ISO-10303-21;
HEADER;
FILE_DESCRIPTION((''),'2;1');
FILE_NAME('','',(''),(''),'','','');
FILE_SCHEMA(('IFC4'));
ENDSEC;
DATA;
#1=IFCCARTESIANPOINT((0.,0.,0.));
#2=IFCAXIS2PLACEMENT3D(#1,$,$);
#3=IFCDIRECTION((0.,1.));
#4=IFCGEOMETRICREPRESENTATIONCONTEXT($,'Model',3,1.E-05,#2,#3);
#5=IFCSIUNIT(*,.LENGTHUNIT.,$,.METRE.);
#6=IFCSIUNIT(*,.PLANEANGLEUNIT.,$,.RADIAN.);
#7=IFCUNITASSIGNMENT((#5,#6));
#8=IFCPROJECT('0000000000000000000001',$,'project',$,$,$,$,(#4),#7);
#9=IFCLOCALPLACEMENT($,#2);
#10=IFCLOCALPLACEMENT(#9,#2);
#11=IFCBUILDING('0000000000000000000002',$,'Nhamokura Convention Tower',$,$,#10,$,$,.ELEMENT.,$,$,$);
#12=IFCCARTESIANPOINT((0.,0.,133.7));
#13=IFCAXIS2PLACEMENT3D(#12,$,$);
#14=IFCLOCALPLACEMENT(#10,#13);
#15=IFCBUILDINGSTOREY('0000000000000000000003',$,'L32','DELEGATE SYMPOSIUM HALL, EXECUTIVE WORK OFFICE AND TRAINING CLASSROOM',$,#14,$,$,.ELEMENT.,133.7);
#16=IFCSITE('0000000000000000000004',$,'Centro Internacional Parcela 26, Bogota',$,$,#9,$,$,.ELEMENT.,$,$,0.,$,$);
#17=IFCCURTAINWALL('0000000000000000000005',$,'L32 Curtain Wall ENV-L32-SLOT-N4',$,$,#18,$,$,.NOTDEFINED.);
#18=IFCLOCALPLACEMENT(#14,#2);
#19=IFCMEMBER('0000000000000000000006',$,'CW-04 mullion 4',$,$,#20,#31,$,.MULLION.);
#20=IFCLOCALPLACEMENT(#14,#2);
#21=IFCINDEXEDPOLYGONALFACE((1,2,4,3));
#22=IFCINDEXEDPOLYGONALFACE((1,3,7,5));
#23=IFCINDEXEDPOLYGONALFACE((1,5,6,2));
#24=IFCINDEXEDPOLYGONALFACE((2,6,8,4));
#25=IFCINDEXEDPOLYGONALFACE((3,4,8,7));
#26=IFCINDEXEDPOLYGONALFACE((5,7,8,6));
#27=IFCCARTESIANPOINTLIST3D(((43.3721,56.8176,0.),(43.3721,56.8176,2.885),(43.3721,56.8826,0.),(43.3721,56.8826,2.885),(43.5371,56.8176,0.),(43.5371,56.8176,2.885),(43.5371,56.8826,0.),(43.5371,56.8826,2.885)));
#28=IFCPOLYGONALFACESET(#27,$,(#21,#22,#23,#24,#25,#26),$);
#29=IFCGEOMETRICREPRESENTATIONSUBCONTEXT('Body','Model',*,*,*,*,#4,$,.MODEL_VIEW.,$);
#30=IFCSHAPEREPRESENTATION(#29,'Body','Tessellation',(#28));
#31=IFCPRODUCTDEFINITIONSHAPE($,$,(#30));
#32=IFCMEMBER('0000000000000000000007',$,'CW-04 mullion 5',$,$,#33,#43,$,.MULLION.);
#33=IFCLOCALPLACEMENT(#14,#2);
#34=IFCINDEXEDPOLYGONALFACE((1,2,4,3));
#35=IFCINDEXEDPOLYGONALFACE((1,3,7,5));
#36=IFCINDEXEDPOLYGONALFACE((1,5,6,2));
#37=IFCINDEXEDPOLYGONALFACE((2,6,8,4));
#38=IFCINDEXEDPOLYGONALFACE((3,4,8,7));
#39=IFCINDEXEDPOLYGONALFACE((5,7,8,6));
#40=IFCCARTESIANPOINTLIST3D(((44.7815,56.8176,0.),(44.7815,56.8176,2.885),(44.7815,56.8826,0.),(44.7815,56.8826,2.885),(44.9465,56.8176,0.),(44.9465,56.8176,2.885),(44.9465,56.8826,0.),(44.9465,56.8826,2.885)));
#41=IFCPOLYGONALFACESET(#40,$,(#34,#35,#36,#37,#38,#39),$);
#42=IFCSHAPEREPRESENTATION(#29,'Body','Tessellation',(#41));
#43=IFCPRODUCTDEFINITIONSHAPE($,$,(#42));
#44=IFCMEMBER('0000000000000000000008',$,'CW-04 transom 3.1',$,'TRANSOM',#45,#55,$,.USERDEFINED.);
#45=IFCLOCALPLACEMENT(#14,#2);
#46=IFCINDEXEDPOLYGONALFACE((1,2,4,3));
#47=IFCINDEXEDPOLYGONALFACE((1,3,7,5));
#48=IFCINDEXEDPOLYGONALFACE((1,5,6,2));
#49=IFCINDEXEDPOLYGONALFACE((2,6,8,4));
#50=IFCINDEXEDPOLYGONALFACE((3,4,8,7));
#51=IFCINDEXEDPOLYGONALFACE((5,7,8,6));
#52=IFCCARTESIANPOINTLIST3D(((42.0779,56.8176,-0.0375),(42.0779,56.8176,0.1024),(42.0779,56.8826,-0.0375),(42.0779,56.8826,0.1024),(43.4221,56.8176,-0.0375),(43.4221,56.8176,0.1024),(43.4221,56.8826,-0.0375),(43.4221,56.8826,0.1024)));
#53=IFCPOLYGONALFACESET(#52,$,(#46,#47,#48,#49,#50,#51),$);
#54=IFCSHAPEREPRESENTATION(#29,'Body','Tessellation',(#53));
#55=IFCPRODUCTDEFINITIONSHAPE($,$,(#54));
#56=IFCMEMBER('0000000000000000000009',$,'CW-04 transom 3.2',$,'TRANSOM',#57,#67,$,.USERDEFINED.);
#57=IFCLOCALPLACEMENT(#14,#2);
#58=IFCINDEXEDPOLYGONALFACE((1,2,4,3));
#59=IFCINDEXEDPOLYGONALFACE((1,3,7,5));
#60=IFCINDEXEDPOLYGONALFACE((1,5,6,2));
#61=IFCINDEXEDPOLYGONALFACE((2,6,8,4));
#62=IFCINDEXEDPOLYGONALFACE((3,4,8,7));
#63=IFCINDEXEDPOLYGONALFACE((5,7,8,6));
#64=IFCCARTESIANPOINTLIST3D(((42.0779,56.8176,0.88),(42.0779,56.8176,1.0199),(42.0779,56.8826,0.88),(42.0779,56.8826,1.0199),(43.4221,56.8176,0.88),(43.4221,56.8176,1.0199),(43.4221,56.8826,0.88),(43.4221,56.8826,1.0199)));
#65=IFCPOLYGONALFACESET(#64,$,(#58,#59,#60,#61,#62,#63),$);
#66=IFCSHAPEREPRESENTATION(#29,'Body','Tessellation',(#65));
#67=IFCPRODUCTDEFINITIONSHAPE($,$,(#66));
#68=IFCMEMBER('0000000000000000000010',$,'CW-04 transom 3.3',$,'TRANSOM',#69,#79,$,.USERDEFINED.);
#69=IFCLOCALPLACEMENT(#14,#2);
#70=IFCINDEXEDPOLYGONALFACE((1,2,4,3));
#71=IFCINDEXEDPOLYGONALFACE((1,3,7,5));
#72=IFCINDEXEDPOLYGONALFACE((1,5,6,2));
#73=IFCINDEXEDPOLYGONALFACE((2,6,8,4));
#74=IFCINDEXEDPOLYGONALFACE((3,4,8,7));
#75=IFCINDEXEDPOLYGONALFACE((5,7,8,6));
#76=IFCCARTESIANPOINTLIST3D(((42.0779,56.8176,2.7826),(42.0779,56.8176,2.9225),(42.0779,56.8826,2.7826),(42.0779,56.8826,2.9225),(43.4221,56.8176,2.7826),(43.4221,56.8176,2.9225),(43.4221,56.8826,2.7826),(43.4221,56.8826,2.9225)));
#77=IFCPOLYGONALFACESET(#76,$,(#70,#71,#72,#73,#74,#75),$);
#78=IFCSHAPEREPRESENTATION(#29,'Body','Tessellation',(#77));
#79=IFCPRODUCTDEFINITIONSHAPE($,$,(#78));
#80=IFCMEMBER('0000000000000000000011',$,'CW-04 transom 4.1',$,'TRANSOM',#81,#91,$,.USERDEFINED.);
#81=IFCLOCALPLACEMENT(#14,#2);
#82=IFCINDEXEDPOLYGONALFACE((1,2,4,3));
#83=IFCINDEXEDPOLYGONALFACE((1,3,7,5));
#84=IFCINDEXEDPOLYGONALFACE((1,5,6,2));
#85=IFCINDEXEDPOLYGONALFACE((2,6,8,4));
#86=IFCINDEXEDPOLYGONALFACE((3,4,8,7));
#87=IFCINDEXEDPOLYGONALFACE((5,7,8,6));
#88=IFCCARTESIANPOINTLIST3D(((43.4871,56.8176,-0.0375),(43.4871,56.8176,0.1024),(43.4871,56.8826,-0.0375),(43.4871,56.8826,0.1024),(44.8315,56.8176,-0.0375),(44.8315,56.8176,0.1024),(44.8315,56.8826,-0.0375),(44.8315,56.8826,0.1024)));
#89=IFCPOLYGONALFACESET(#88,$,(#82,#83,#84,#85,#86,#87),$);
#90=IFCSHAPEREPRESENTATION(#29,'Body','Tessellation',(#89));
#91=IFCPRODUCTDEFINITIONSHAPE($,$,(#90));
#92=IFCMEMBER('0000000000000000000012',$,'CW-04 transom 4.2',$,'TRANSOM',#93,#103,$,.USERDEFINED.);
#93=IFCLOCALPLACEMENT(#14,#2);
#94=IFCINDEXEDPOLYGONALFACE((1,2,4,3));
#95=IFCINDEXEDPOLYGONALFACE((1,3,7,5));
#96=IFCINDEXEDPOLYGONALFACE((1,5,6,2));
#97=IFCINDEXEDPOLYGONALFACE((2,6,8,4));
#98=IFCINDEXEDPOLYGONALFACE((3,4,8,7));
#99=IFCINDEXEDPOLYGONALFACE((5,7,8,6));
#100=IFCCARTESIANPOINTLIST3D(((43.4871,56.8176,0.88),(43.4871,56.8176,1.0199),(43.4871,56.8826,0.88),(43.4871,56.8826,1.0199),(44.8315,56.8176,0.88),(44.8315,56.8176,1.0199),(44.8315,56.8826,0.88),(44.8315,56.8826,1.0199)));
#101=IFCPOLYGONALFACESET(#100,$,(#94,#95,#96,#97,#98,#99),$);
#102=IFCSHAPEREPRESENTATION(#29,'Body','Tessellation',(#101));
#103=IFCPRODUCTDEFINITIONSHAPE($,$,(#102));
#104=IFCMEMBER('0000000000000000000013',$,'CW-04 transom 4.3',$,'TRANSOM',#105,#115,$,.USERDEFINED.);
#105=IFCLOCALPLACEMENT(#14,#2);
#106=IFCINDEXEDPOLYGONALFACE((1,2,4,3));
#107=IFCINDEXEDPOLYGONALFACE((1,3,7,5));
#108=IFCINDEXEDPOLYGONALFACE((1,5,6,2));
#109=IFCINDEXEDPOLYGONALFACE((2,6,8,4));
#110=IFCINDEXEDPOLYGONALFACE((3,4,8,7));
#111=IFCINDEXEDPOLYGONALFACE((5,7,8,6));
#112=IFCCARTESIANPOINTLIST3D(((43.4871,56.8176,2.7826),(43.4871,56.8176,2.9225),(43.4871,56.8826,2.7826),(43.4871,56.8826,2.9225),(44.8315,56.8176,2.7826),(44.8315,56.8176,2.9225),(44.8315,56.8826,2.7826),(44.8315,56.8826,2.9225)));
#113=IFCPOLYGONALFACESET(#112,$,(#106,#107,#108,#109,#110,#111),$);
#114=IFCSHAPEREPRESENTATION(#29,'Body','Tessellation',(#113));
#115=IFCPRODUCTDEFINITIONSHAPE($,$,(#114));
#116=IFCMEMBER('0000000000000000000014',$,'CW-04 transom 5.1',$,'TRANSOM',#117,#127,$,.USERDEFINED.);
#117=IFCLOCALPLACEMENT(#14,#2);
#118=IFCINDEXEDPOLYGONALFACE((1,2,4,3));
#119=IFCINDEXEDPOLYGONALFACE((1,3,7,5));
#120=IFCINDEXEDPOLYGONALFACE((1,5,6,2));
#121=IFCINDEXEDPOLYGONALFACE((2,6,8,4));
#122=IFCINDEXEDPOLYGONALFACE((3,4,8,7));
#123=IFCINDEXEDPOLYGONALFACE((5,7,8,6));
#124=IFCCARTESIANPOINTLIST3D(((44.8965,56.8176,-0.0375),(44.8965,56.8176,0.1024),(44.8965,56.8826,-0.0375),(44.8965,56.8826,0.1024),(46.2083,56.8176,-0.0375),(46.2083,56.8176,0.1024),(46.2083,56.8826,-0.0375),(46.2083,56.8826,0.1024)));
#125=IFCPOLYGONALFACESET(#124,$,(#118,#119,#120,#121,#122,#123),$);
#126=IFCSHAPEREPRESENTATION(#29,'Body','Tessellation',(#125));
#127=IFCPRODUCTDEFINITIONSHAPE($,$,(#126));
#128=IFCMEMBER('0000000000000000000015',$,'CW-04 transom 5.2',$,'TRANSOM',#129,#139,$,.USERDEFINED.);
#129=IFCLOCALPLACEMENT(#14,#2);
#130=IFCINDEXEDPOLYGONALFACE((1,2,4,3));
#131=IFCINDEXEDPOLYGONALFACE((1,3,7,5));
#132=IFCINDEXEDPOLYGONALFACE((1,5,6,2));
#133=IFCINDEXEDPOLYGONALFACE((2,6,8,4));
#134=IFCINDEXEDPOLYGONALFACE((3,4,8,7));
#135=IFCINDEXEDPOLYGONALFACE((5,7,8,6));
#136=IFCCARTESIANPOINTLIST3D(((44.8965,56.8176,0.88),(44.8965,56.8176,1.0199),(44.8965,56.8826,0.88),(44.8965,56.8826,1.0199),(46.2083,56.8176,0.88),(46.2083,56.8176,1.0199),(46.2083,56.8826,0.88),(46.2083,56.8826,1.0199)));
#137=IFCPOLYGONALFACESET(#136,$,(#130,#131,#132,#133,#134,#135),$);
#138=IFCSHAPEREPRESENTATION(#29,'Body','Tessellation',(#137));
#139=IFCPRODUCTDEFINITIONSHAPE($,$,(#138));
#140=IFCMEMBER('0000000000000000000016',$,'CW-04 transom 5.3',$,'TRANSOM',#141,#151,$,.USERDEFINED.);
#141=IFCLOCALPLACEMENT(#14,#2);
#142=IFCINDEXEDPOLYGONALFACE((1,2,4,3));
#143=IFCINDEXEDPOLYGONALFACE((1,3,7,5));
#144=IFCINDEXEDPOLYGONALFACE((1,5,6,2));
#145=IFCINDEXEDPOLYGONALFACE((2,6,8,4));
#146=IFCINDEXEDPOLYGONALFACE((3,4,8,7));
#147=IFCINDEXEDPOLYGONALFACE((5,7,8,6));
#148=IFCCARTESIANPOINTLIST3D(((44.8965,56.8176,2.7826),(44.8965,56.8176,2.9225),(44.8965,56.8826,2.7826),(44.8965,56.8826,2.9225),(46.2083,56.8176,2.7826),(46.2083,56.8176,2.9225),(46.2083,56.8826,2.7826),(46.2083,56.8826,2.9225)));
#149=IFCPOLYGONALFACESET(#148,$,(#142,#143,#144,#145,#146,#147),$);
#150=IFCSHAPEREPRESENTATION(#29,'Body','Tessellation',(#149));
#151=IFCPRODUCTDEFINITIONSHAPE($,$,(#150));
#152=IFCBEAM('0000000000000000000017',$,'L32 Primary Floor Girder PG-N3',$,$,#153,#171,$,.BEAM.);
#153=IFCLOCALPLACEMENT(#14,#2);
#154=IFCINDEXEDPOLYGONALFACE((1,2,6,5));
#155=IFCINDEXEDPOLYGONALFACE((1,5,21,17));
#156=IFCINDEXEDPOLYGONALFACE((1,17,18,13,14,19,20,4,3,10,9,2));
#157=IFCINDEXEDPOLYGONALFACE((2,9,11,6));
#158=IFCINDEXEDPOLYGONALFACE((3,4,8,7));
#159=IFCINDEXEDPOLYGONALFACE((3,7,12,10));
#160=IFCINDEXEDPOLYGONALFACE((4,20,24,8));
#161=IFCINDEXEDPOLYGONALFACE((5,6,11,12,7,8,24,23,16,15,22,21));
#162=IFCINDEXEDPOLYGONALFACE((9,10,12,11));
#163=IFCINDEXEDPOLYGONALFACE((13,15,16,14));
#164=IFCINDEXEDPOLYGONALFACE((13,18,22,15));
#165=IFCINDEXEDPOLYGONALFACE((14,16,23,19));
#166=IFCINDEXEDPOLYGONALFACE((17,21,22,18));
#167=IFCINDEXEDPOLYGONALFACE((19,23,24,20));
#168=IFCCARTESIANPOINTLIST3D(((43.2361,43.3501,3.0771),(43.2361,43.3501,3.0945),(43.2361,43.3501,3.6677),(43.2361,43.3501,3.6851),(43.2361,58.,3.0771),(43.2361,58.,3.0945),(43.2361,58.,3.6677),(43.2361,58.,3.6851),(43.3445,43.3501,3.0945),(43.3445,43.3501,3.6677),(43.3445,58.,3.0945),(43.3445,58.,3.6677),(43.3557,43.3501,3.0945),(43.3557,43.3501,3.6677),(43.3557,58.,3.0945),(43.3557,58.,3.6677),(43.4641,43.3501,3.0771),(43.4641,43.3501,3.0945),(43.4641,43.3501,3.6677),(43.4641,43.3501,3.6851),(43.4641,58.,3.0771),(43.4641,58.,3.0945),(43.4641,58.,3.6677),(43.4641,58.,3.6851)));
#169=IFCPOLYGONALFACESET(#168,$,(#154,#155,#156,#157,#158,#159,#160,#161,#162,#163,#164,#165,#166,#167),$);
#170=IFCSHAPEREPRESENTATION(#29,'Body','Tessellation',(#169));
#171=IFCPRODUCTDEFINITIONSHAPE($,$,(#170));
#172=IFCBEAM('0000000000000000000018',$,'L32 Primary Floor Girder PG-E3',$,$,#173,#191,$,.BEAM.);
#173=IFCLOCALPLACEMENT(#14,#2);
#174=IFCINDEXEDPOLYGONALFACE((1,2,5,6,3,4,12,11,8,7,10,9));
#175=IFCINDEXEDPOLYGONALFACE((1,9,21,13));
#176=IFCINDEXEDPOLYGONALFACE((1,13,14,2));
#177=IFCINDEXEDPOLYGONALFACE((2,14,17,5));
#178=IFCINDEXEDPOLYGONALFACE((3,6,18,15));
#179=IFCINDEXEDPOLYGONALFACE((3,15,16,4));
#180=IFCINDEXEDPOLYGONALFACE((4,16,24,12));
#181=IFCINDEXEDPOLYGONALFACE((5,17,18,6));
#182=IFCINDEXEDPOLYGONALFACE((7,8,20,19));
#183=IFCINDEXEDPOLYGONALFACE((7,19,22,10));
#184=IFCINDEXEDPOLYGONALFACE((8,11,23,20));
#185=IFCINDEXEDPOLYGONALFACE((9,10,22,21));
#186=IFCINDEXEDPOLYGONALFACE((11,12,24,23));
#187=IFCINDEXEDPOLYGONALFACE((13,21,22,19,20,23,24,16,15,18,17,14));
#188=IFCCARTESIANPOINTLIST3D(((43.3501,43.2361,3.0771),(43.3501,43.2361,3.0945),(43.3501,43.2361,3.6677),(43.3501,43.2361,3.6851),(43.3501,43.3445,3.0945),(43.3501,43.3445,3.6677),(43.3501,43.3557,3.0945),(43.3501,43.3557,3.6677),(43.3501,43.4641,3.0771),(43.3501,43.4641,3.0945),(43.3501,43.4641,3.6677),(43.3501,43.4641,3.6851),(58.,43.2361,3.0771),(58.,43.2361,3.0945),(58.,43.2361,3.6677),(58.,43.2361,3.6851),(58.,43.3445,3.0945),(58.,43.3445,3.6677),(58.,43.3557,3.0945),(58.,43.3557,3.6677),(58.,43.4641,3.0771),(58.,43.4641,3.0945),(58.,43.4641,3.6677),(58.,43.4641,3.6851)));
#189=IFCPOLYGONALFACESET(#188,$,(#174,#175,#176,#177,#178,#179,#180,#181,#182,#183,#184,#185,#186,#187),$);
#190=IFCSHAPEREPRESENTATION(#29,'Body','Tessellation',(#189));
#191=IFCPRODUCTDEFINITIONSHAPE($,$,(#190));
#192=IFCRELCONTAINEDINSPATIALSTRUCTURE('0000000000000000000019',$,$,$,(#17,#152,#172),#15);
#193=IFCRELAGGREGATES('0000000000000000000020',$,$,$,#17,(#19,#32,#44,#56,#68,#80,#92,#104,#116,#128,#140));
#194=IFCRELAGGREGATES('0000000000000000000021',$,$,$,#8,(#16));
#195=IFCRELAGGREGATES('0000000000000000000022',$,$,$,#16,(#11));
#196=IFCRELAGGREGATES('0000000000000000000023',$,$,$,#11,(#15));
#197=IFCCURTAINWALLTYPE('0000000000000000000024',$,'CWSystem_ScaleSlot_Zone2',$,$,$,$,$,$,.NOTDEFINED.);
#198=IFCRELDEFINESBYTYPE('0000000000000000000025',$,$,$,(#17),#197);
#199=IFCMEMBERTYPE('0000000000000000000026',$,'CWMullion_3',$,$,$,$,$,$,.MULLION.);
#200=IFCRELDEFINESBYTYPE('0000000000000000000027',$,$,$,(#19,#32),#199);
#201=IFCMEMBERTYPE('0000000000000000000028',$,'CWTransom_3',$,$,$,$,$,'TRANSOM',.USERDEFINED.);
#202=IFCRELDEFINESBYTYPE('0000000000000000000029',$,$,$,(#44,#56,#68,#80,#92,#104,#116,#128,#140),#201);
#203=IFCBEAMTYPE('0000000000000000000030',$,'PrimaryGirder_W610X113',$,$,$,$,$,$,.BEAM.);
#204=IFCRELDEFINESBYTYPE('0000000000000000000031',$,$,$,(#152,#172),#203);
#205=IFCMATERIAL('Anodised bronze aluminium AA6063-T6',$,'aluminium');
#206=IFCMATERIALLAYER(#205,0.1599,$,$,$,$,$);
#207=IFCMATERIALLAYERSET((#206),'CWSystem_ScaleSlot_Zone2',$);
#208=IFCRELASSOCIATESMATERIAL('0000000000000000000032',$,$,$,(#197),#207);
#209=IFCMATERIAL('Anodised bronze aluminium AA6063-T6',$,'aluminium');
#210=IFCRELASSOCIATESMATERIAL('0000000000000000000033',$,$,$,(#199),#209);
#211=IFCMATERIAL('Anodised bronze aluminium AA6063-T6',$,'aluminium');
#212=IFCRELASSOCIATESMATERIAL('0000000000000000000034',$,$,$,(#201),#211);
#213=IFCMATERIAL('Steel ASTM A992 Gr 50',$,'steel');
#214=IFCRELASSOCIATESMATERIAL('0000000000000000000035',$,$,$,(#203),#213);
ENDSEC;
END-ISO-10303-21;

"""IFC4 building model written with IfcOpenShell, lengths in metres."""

from ifc_helpers import new_model, si_unit, direction, frame, origin, origin_2d, place, context, subcontext, project, spatial, rectangle, i_section, extrude, material, layer, layer_set, material_profile, profile_set, type_object, element, aggregate, save


model = new_model("IFC4")

# Units and contexts
model_context = context("Model", 3, precision=1e-05, world=origin(), true_north=direction((0.0, 1.0)))
body_context = subcontext(model_context, "Body", "Model", "MODEL_VIEW")
ifc_project = project(units=[si_unit("LENGTHUNIT", "METRE"), si_unit("PLANEANGLEUNIT", "RADIAN")], contexts=[model_context])

# Site, building, storey
site_placement = place(None, origin())
site = spatial("IfcSite", under=ifc_project, at=site_placement, Name="Centro Internacional Parcela 26, Bogota", CompositionType="ELEMENT", RefElevation=0.0)
building_placement = place(site_placement, origin())
building = spatial("IfcBuilding", under=site, at=building_placement, Name="Nhamokura Convention Tower", CompositionType="ELEMENT")
storey_placement = place(building_placement, frame((0.0, 0.0, 133.7)))
storey = spatial("IfcBuildingStorey", under=building, at=storey_placement, Name="L32", Description="DELEGATE SYMPOSIUM HALL, EXECUTIVE WORK OFFICE AND TRAINING CLASSROOM", CompositionType="ELEMENT", Elevation=133.7)

# Curtain wall, members
ifc_material_1 = material(Name="Anodised bronze aluminium AA6063-T6", Category="aluminium")
ifc_layer_1 = layer(ifc_material_1, 0.1599)
ifc_layer_set_1 = layer_set([ifc_layer_1], Name="CWSystem_ScaleSlot_Zone2")
curtain_wall_type = type_object("IfcCurtainWallType", Name="CWSystem_ScaleSlot_Zone2", PredefinedType="NOTDEFINED", material=ifc_layer_set_1)
curtain_wall_placement = place(storey_placement, origin())
curtain_wall = element("IfcCurtainWall", 1, at=curtain_wall_placement, inside=storey, type_object=curtain_wall_type, Name="L32 Curtain Wall ENV-L32-SLOT-N4", PredefinedType="NOTDEFINED")
ifc_material_2 = material(Name="Anodised bronze aluminium AA6063-T6", Category="aluminium")
ifc_material_profile_1 = material_profile(ifc_material_2, rectangle(XDim=0.0649, YDim=0.165, at=origin_2d()))
ifc_profile_set_1 = profile_set([ifc_material_profile_1], Name="Anodised bronze aluminium AA6063-T6")
member_type_1 = type_object("IfcMemberType", Name="CWMullion_3", PredefinedType="MULLION", material=ifc_profile_set_1)
member_1_placement = place(storey_placement, frame((43.4546, 56.8501, 0.0), z_axis=(0.0, 0.0, 1.0), x_axis=(0.0, 1.0, 0.0)))
member_1 = element("IfcMember", 2, at=member_1_placement, type_object=member_type_1, Name="CW-04 mullion 4", PredefinedType="MULLION", context=body_context, shape_type="SweptSolid", body=[
    extrude(rectangle(XDim=0.0649, YDim=0.165, at=origin_2d()), origin(), (0.0, 0.0, 1.0), 2.885),
])
member_2_placement = place(storey_placement, frame((44.864, 56.8501, 0.0), z_axis=(0.0, 0.0, 1.0), x_axis=(0.0, 1.0, 0.0)))
member_2 = element("IfcMember", 3, at=member_2_placement, type_object=member_type_1, Name="CW-04 mullion 5", PredefinedType="MULLION", context=body_context, shape_type="SweptSolid", body=[
    extrude(rectangle(XDim=0.0649, YDim=0.165, at=origin_2d()), origin(), (0.0, 0.0, 1.0), 2.885),
])
ifc_material_3 = material(Name="Anodised bronze aluminium AA6063-T6", Category="aluminium")
ifc_material_profile_2 = material_profile(ifc_material_3, rectangle(XDim=0.0649, YDim=0.1399, at=origin_2d()))
ifc_profile_set_2 = profile_set([ifc_material_profile_2], Name="Anodised bronze aluminium AA6063-T6")
member_type_2 = type_object("IfcMemberType", Name="CWTransom_3", ElementType="TRANSOM", PredefinedType="USERDEFINED", material=ifc_profile_set_2)
member_3_placement = place(storey_placement, frame((42.0779, 56.8501, 0.0325), z_axis=(1.0, 0.0, 0.0), x_axis=(0.0, 1.0, 0.0)))
member_3 = element("IfcMember", 4, at=member_3_placement, type_object=member_type_2, Name="CW-04 transom 3.1", ObjectType="TRANSOM", PredefinedType="USERDEFINED", context=body_context, shape_type="SweptSolid", body=[
    extrude(rectangle(XDim=0.0649, YDim=0.1399, at=origin_2d()), origin(), (0.0, 0.0, 1.0), 1.3442),
])
member_4_placement = place(storey_placement, frame((42.0779, 56.8501, 0.95), z_axis=(1.0, 0.0, 0.0), x_axis=(0.0, 1.0, 0.0)))
member_4 = element("IfcMember", 5, at=member_4_placement, type_object=member_type_2, Name="CW-04 transom 3.2", ObjectType="TRANSOM", PredefinedType="USERDEFINED", context=body_context, shape_type="SweptSolid", body=[
    extrude(rectangle(XDim=0.0649, YDim=0.1399, at=origin_2d()), origin(), (0.0, 0.0, 1.0), 1.3442),
])
member_5_placement = place(storey_placement, frame((42.0779, 56.8501, 2.8525), z_axis=(1.0, 0.0, 0.0), x_axis=(0.0, 1.0, 0.0)))
member_5 = element("IfcMember", 6, at=member_5_placement, type_object=member_type_2, Name="CW-04 transom 3.3", ObjectType="TRANSOM", PredefinedType="USERDEFINED", context=body_context, shape_type="SweptSolid", body=[
    extrude(rectangle(XDim=0.0649, YDim=0.1399, at=origin_2d()), origin(), (0.0, 0.0, 1.0), 1.3442),
])
member_6_placement = place(storey_placement, frame((43.4871, 56.8501, 0.0325), z_axis=(1.0, 0.0, 0.0), x_axis=(0.0, 1.0, 0.0)))
member_6 = element("IfcMember", 7, at=member_6_placement, type_object=member_type_2, Name="CW-04 transom 4.1", ObjectType="TRANSOM", PredefinedType="USERDEFINED", context=body_context, shape_type="SweptSolid", body=[
    extrude(rectangle(XDim=0.0649, YDim=0.1399, at=origin_2d()), origin(), (0.0, 0.0, 1.0), 1.3445),
])
member_7_placement = place(storey_placement, frame((43.4871, 56.8501, 0.95), z_axis=(1.0, 0.0, 0.0), x_axis=(0.0, 1.0, 0.0)))
member_7 = element("IfcMember", 8, at=member_7_placement, type_object=member_type_2, Name="CW-04 transom 4.2", ObjectType="TRANSOM", PredefinedType="USERDEFINED", context=body_context, shape_type="SweptSolid", body=[
    extrude(rectangle(XDim=0.0649, YDim=0.1399, at=origin_2d()), origin(), (0.0, 0.0, 1.0), 1.3445),
])
member_8_placement = place(storey_placement, frame((43.4871, 56.8501, 2.8525), z_axis=(1.0, 0.0, 0.0), x_axis=(0.0, 1.0, 0.0)))
member_8 = element("IfcMember", 9, at=member_8_placement, type_object=member_type_2, Name="CW-04 transom 4.3", ObjectType="TRANSOM", PredefinedType="USERDEFINED", context=body_context, shape_type="SweptSolid", body=[
    extrude(rectangle(XDim=0.0649, YDim=0.1399, at=origin_2d()), origin(), (0.0, 0.0, 1.0), 1.3445),
])
member_9_placement = place(storey_placement, frame((44.8965, 56.8501, 0.0325), z_axis=(1.0, 0.0, 0.0), x_axis=(0.0, 1.0, 0.0)))
member_9 = element("IfcMember", 10, at=member_9_placement, type_object=member_type_2, Name="CW-04 transom 5.1", ObjectType="TRANSOM", PredefinedType="USERDEFINED", context=body_context, shape_type="SweptSolid", body=[
    extrude(rectangle(XDim=0.0649, YDim=0.1399, at=origin_2d()), origin(), (0.0, 0.0, 1.0), 1.3118),
])
member_10_placement = place(storey_placement, frame((44.8965, 56.8501, 0.95), z_axis=(1.0, 0.0, 0.0), x_axis=(0.0, 1.0, 0.0)))
member_10 = element("IfcMember", 11, at=member_10_placement, type_object=member_type_2, Name="CW-04 transom 5.2", ObjectType="TRANSOM", PredefinedType="USERDEFINED", context=body_context, shape_type="SweptSolid", body=[
    extrude(rectangle(XDim=0.0649, YDim=0.1399, at=origin_2d()), origin(), (0.0, 0.0, 1.0), 1.3118),
])
member_11_placement = place(storey_placement, frame((44.8965, 56.8501, 2.8525), z_axis=(1.0, 0.0, 0.0), x_axis=(0.0, 1.0, 0.0)))
member_11 = element("IfcMember", 12, at=member_11_placement, type_object=member_type_2, Name="CW-04 transom 5.3", ObjectType="TRANSOM", PredefinedType="USERDEFINED", context=body_context, shape_type="SweptSolid", body=[
    extrude(rectangle(XDim=0.0649, YDim=0.1399, at=origin_2d()), origin(), (0.0, 0.0, 1.0), 1.3118),
])

# Beams
ifc_material_4 = material(Name="Steel ASTM A992 Gr 50", Category="steel")
ifc_material_profile_3 = material_profile(ifc_material_4, i_section(OverallWidth=0.228, OverallDepth=0.6079, WebThickness=0.0112, FlangeThickness=0.0173, at=origin_2d()))
ifc_profile_set_3 = profile_set([ifc_material_profile_3], Name="Steel ASTM A992 Gr 50")
beam_type = type_object("IfcBeamType", Name="PrimaryGirder_W610X113", PredefinedType="BEAM", material=ifc_profile_set_3)
for number, where, z_axis, x_axis, name in (
    (13, (43.3501, 43.3501, 3.3811), (0.0, 1.0, 0.0), (-1.0, 0.0, 0.0), "L32 Primary Floor Girder PG-N3"),
    (14, (43.3501, 43.3501, 3.3811), (1.0, 0.0, 0.0), (0.0, 1.0, 0.0), "L32 Primary Floor Girder PG-E3"),
):
    element("IfcBeam", number, at=place(storey_placement, frame(where, z_axis=z_axis, x_axis=x_axis)), inside=storey, type_object=beam_type, Name=name, PredefinedType="BEAM", context=body_context, shape_type="SweptSolid", body=[
        extrude(i_section(OverallWidth=0.228, OverallDepth=0.6079, WebThickness=0.0112, FlangeThickness=0.0173, at=origin_2d()), origin(), (0.0, 0.0, 1.0), 14.6499),
    ])

aggregate(curtain_wall, [member_1, member_2, member_3, member_4, member_5, member_6, member_7, member_8, member_9, member_10, member_11])

save(model, "model.ifc")
